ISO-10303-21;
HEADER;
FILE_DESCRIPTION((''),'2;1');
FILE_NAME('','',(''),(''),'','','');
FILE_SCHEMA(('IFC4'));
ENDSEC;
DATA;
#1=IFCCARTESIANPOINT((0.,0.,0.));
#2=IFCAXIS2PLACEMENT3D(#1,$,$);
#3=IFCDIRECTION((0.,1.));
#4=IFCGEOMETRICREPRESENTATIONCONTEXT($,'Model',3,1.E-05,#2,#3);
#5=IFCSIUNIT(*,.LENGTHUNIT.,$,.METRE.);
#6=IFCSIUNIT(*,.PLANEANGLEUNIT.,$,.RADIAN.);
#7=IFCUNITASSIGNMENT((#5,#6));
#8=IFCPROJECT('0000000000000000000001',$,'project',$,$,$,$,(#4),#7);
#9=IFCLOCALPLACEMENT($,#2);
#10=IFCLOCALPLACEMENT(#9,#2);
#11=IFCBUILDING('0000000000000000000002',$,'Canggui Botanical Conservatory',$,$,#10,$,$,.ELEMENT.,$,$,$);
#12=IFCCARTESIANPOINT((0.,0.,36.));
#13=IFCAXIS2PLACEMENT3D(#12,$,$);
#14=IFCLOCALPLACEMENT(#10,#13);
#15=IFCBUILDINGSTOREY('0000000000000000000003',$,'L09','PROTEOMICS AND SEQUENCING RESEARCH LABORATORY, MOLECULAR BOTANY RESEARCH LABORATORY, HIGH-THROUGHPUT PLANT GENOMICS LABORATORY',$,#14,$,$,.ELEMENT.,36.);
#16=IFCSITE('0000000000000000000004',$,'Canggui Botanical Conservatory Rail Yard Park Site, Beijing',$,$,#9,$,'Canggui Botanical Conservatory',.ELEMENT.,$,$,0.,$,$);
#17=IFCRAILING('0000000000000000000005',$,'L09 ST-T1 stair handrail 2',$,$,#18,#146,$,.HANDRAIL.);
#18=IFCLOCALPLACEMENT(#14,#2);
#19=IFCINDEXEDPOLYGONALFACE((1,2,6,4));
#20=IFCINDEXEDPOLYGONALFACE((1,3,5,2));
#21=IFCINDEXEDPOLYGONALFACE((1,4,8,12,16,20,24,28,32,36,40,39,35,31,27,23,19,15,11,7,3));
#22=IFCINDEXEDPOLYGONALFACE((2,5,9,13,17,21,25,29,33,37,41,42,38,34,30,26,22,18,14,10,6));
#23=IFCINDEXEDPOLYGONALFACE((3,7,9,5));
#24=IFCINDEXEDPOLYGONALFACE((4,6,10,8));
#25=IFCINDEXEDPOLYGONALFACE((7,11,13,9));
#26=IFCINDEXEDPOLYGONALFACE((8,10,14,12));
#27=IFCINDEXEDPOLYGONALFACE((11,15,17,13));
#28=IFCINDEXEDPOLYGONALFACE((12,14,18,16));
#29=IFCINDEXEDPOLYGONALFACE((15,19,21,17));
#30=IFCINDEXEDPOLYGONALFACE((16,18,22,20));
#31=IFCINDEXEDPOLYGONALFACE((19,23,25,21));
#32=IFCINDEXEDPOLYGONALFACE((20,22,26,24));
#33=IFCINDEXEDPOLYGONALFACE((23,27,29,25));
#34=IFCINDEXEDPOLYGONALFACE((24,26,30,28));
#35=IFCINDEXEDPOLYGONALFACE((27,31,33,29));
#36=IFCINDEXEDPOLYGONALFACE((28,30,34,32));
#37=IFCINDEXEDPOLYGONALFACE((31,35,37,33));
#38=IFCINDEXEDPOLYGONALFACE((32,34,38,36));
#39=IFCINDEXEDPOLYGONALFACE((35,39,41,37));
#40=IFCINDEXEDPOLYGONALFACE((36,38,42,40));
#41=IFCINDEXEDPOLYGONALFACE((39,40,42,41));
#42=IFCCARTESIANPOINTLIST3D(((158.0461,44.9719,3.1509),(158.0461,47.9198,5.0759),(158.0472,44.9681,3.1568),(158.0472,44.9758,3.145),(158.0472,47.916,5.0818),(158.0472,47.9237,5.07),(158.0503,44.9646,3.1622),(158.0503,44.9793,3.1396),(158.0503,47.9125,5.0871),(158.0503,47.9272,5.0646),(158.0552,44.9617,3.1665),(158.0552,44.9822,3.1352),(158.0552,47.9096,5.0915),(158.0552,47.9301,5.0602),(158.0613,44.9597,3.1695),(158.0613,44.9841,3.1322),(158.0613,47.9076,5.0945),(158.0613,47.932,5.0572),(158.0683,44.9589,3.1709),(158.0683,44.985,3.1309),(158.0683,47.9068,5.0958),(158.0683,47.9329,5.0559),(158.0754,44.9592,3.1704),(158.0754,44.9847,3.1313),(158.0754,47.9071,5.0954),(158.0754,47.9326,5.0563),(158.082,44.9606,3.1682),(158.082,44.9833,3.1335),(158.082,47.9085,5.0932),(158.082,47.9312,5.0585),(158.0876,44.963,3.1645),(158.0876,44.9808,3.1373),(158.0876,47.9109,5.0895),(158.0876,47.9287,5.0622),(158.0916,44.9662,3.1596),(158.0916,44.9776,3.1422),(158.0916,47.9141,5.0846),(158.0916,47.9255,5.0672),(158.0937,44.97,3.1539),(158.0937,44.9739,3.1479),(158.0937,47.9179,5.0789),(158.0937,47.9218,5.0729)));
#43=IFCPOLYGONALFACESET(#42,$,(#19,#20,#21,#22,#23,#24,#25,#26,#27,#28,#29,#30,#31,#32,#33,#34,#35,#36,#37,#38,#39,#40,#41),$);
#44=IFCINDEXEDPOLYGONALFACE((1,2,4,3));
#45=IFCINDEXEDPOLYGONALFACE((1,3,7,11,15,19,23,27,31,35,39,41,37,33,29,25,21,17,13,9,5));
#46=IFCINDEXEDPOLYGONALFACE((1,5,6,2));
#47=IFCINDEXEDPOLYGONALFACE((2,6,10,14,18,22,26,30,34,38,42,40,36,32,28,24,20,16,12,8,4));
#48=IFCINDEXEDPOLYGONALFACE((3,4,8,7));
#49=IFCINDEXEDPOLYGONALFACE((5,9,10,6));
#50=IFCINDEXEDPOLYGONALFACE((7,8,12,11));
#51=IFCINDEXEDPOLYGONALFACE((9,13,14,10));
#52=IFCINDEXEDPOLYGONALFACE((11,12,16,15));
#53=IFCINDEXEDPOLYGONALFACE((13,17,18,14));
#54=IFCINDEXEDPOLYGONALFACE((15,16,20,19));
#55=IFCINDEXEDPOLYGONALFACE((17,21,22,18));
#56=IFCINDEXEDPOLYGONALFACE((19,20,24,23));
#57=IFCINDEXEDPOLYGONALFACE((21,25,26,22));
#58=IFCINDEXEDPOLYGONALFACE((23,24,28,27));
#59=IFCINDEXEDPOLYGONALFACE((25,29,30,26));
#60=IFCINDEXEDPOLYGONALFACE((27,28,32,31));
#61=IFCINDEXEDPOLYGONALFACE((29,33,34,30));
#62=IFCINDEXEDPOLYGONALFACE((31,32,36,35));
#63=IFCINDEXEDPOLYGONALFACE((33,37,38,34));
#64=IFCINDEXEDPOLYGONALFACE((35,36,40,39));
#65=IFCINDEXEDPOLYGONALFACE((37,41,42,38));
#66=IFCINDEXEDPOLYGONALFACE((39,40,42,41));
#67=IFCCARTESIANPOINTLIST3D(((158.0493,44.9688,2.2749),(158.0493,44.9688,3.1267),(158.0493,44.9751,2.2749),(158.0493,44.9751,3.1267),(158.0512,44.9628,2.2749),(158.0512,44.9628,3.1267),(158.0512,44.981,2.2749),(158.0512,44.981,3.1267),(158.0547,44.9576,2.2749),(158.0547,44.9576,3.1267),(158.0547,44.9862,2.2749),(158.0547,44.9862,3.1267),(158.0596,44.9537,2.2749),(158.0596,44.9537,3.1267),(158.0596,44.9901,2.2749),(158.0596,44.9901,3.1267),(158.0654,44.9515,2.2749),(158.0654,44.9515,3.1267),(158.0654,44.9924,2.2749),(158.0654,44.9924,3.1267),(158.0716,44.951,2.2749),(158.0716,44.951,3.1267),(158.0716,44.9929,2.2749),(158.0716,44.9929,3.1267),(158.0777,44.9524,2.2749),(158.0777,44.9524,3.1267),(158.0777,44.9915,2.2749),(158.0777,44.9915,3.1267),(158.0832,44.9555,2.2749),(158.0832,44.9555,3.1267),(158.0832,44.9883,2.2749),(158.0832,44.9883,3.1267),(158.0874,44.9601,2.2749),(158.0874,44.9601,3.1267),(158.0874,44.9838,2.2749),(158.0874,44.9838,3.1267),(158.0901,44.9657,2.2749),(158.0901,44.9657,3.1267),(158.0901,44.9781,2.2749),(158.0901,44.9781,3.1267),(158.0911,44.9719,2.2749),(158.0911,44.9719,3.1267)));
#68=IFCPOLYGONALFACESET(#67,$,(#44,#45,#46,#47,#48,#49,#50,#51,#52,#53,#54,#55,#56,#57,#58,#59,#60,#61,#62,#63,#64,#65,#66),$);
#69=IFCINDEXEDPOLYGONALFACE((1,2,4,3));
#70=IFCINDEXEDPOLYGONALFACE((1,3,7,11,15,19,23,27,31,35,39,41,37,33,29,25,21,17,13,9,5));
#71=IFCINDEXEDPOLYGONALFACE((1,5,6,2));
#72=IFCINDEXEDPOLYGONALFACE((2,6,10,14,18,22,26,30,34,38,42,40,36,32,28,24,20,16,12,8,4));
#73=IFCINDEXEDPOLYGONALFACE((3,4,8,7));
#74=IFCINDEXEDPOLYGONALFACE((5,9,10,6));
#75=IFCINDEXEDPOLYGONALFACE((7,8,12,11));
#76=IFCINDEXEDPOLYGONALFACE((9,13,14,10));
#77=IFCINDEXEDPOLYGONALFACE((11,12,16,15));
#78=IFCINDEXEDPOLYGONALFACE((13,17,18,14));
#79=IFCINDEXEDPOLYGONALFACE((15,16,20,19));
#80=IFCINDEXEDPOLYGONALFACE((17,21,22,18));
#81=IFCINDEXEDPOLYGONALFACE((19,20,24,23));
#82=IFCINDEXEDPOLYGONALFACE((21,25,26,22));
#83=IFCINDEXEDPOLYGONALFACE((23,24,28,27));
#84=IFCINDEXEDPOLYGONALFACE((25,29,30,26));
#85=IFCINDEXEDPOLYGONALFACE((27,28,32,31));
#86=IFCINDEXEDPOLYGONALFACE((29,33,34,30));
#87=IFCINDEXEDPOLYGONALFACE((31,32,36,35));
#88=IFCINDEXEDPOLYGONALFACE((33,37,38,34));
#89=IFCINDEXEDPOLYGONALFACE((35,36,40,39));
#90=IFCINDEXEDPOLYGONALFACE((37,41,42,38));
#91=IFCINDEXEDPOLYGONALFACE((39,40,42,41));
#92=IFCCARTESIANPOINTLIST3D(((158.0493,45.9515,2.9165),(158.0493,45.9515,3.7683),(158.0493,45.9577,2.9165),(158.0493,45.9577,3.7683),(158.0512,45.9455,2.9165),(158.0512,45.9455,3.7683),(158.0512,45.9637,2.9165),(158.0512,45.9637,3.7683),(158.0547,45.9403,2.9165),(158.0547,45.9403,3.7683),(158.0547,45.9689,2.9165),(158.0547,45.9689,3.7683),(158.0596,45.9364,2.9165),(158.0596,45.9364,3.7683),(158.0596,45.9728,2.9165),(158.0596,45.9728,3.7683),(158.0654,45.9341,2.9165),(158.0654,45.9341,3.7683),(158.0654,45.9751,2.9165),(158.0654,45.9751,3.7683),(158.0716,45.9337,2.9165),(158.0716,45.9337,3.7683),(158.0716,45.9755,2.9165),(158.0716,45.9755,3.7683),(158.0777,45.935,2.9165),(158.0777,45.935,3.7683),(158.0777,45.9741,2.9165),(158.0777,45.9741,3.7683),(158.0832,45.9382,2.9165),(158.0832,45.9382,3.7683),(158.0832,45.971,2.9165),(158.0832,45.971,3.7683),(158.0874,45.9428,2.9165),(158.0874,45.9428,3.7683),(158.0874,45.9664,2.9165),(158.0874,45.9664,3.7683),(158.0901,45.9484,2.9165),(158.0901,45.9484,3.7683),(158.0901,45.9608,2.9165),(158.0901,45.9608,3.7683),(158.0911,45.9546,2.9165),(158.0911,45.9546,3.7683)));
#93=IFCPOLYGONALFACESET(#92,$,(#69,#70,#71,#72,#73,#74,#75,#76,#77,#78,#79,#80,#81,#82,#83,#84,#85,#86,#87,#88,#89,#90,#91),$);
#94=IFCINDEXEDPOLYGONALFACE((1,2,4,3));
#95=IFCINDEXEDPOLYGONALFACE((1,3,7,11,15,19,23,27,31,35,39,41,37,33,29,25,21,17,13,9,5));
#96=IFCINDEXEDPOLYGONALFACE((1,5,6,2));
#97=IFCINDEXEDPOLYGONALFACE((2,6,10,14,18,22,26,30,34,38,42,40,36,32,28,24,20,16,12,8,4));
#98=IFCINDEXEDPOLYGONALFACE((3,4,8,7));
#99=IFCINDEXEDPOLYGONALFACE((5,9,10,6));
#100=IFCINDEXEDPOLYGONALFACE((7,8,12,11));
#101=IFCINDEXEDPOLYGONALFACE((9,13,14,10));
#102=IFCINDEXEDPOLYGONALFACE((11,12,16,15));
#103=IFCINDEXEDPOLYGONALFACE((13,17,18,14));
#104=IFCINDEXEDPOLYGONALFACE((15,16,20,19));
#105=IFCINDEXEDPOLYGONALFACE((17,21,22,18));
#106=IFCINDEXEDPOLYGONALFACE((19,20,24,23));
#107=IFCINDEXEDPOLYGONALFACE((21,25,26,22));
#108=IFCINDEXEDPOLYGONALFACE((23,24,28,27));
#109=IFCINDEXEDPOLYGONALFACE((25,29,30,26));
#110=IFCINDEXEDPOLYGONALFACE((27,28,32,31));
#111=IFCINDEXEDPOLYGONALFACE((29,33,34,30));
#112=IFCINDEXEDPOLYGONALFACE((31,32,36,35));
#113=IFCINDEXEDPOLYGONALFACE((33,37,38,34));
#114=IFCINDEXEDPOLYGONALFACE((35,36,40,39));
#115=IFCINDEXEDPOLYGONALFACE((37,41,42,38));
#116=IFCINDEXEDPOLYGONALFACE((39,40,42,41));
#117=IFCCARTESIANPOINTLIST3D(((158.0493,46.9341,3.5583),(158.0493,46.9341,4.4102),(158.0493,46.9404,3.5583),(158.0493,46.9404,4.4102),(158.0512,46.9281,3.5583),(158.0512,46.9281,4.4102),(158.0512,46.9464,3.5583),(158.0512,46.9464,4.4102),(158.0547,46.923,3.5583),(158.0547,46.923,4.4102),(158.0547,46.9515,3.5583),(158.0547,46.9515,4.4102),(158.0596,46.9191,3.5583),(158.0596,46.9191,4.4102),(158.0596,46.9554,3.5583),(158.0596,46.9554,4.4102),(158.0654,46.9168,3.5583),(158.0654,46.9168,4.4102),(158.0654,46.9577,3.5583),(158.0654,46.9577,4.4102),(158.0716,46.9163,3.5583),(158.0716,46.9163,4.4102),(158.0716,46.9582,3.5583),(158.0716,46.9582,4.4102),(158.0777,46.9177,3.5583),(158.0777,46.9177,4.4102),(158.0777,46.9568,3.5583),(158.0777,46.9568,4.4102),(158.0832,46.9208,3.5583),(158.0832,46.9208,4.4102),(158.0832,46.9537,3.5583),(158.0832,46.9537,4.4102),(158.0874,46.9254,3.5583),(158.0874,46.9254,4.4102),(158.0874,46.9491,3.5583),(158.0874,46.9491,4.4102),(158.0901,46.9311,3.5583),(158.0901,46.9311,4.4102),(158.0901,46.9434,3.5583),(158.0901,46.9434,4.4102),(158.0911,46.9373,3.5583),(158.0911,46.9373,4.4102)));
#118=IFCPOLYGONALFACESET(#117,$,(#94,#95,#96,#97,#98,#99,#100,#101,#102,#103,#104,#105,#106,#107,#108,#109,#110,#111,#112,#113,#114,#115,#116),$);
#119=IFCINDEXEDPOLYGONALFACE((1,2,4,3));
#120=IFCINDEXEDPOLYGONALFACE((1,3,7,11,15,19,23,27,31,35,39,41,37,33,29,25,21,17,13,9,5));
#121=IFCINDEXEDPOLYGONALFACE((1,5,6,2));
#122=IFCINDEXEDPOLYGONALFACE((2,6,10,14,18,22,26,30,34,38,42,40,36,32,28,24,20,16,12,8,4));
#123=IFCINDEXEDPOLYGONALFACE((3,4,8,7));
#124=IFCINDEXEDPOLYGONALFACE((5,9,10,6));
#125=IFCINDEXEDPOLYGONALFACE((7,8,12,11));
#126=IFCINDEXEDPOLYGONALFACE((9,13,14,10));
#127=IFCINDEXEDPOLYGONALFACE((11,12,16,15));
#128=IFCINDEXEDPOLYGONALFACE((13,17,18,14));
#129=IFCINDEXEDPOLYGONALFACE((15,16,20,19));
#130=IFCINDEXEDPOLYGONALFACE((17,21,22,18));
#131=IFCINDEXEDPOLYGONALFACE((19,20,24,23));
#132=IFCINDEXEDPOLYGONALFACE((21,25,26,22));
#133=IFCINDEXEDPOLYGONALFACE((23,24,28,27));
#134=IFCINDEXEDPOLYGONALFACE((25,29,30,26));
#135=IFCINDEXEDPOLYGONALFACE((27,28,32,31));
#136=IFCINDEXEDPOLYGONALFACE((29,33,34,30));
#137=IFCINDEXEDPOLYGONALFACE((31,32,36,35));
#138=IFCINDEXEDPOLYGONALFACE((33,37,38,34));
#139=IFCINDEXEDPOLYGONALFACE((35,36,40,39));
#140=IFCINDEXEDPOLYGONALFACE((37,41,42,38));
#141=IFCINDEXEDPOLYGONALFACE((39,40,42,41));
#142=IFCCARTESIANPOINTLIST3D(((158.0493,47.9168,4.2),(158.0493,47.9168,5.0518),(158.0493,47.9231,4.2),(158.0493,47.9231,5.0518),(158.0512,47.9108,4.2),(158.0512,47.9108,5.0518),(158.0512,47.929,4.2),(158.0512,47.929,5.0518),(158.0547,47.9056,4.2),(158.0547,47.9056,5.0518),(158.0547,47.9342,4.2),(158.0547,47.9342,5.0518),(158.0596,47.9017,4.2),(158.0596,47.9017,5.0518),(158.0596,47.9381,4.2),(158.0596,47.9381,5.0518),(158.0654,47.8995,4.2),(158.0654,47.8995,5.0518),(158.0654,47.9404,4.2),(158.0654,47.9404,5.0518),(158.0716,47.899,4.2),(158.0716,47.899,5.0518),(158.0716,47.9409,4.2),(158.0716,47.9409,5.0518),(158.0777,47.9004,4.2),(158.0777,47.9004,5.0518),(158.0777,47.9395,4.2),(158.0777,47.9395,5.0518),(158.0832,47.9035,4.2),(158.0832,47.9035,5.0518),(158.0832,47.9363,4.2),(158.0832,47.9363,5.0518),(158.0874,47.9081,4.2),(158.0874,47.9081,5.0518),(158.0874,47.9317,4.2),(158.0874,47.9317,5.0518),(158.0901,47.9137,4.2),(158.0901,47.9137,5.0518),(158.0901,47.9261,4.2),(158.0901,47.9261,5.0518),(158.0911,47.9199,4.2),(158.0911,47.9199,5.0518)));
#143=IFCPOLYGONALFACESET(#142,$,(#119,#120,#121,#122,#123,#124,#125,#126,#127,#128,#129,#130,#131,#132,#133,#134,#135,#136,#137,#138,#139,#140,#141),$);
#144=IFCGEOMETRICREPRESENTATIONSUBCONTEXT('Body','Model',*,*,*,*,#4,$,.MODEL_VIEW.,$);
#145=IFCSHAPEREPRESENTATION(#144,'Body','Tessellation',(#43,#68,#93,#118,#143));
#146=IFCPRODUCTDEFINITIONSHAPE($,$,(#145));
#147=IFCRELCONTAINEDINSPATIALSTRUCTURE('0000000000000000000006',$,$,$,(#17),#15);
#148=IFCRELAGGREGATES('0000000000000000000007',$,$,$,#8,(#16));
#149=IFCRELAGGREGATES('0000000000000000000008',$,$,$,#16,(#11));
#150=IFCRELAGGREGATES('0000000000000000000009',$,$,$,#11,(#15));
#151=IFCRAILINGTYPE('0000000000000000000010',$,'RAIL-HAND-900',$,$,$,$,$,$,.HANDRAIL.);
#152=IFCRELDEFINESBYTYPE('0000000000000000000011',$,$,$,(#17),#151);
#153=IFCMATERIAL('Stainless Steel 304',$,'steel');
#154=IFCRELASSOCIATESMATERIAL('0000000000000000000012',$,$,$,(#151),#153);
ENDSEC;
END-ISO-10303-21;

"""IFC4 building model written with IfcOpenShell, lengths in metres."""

from ifc_helpers import new_model, si_unit, direction, frame, origin, origin_2d, place, context, subcontext, project, spatial, circle, extrude, material, type_object, element, save


model = new_model("IFC4")

# Units and contexts
model_context = context("Model", 3, precision=1e-05, world=origin(), true_north=direction((0.0, 1.0)))
body_context = subcontext(model_context, "Body", "Model", "MODEL_VIEW")
ifc_project = project(units=[si_unit("LENGTHUNIT", "METRE"), si_unit("PLANEANGLEUNIT", "RADIAN")], contexts=[model_context])

# Site, building, storey
site_placement = place(None, origin())
site = spatial("IfcSite", under=ifc_project, at=site_placement, Name="Canggui Botanical Conservatory Rail Yard Park Site, Beijing", LongName="Canggui Botanical Conservatory", CompositionType="ELEMENT", RefElevation=0.0)
building_placement = place(site_placement, origin())
building = spatial("IfcBuilding", under=site, at=building_placement, Name="Canggui Botanical Conservatory", CompositionType="ELEMENT")
storey_placement = place(building_placement, frame((0.0, 0.0, 36.0)))
storey = spatial("IfcBuildingStorey", under=building, at=storey_placement, Name="L09", Description="PROTEOMICS AND SEQUENCING RESEARCH LABORATORY, MOLECULAR BOTANY RESEARCH LABORATORY, HIGH-THROUGHPUT PLANT GENOMICS LABORATORY", CompositionType="ELEMENT", Elevation=36.0)

# Shared definitions
ifc_material_1 = material(Name="Stainless Steel 304", Category="steel")

# Railing
railing_type_1 = type_object("IfcRailingType", Name="RAIL-HAND-900", PredefinedType="HANDRAIL", material=ifc_material_1)
railing_1_placement = place(storey_placement, frame((158.0701, 44.9719, 2.2749)))
element("IfcRailing", 1, at=railing_1_placement, inside=storey, type_object=railing_type_1, Name="L09 ST-T1 stair handrail 2", PredefinedType="HANDRAIL", context=body_context, shape_type="SweptSolid", body=[
    extrude(circle(Radius=0.0239, at=origin_2d()), frame((0.0, 0.0, 0.876), z_axis=(0.0, 0.837293, 0.546754), x_axis=(-1.0, 0.0, 0.0)), (0.0, 0.0, 1.0), 3.5208),
    extrude(circle(Radius=0.021, at=origin_2d()), origin(), (0.0, 0.0, 1.0), 0.8518),
    extrude(circle(Radius=0.021, at=origin_2d()), frame((0.0, 0.9827, 0.6416)), (0.0, 0.0, 1.0), 0.8518),
    extrude(circle(Radius=0.021, at=origin_2d()), frame((0.0, 1.9653, 1.2834)), (0.0, 0.0, 1.0), 0.8518),
    extrude(circle(Radius=0.021, at=origin_2d()), frame((0.0, 2.948, 1.925)), (0.0, 0.0, 1.0), 0.8518),
])

save(model, "model.ifc")
